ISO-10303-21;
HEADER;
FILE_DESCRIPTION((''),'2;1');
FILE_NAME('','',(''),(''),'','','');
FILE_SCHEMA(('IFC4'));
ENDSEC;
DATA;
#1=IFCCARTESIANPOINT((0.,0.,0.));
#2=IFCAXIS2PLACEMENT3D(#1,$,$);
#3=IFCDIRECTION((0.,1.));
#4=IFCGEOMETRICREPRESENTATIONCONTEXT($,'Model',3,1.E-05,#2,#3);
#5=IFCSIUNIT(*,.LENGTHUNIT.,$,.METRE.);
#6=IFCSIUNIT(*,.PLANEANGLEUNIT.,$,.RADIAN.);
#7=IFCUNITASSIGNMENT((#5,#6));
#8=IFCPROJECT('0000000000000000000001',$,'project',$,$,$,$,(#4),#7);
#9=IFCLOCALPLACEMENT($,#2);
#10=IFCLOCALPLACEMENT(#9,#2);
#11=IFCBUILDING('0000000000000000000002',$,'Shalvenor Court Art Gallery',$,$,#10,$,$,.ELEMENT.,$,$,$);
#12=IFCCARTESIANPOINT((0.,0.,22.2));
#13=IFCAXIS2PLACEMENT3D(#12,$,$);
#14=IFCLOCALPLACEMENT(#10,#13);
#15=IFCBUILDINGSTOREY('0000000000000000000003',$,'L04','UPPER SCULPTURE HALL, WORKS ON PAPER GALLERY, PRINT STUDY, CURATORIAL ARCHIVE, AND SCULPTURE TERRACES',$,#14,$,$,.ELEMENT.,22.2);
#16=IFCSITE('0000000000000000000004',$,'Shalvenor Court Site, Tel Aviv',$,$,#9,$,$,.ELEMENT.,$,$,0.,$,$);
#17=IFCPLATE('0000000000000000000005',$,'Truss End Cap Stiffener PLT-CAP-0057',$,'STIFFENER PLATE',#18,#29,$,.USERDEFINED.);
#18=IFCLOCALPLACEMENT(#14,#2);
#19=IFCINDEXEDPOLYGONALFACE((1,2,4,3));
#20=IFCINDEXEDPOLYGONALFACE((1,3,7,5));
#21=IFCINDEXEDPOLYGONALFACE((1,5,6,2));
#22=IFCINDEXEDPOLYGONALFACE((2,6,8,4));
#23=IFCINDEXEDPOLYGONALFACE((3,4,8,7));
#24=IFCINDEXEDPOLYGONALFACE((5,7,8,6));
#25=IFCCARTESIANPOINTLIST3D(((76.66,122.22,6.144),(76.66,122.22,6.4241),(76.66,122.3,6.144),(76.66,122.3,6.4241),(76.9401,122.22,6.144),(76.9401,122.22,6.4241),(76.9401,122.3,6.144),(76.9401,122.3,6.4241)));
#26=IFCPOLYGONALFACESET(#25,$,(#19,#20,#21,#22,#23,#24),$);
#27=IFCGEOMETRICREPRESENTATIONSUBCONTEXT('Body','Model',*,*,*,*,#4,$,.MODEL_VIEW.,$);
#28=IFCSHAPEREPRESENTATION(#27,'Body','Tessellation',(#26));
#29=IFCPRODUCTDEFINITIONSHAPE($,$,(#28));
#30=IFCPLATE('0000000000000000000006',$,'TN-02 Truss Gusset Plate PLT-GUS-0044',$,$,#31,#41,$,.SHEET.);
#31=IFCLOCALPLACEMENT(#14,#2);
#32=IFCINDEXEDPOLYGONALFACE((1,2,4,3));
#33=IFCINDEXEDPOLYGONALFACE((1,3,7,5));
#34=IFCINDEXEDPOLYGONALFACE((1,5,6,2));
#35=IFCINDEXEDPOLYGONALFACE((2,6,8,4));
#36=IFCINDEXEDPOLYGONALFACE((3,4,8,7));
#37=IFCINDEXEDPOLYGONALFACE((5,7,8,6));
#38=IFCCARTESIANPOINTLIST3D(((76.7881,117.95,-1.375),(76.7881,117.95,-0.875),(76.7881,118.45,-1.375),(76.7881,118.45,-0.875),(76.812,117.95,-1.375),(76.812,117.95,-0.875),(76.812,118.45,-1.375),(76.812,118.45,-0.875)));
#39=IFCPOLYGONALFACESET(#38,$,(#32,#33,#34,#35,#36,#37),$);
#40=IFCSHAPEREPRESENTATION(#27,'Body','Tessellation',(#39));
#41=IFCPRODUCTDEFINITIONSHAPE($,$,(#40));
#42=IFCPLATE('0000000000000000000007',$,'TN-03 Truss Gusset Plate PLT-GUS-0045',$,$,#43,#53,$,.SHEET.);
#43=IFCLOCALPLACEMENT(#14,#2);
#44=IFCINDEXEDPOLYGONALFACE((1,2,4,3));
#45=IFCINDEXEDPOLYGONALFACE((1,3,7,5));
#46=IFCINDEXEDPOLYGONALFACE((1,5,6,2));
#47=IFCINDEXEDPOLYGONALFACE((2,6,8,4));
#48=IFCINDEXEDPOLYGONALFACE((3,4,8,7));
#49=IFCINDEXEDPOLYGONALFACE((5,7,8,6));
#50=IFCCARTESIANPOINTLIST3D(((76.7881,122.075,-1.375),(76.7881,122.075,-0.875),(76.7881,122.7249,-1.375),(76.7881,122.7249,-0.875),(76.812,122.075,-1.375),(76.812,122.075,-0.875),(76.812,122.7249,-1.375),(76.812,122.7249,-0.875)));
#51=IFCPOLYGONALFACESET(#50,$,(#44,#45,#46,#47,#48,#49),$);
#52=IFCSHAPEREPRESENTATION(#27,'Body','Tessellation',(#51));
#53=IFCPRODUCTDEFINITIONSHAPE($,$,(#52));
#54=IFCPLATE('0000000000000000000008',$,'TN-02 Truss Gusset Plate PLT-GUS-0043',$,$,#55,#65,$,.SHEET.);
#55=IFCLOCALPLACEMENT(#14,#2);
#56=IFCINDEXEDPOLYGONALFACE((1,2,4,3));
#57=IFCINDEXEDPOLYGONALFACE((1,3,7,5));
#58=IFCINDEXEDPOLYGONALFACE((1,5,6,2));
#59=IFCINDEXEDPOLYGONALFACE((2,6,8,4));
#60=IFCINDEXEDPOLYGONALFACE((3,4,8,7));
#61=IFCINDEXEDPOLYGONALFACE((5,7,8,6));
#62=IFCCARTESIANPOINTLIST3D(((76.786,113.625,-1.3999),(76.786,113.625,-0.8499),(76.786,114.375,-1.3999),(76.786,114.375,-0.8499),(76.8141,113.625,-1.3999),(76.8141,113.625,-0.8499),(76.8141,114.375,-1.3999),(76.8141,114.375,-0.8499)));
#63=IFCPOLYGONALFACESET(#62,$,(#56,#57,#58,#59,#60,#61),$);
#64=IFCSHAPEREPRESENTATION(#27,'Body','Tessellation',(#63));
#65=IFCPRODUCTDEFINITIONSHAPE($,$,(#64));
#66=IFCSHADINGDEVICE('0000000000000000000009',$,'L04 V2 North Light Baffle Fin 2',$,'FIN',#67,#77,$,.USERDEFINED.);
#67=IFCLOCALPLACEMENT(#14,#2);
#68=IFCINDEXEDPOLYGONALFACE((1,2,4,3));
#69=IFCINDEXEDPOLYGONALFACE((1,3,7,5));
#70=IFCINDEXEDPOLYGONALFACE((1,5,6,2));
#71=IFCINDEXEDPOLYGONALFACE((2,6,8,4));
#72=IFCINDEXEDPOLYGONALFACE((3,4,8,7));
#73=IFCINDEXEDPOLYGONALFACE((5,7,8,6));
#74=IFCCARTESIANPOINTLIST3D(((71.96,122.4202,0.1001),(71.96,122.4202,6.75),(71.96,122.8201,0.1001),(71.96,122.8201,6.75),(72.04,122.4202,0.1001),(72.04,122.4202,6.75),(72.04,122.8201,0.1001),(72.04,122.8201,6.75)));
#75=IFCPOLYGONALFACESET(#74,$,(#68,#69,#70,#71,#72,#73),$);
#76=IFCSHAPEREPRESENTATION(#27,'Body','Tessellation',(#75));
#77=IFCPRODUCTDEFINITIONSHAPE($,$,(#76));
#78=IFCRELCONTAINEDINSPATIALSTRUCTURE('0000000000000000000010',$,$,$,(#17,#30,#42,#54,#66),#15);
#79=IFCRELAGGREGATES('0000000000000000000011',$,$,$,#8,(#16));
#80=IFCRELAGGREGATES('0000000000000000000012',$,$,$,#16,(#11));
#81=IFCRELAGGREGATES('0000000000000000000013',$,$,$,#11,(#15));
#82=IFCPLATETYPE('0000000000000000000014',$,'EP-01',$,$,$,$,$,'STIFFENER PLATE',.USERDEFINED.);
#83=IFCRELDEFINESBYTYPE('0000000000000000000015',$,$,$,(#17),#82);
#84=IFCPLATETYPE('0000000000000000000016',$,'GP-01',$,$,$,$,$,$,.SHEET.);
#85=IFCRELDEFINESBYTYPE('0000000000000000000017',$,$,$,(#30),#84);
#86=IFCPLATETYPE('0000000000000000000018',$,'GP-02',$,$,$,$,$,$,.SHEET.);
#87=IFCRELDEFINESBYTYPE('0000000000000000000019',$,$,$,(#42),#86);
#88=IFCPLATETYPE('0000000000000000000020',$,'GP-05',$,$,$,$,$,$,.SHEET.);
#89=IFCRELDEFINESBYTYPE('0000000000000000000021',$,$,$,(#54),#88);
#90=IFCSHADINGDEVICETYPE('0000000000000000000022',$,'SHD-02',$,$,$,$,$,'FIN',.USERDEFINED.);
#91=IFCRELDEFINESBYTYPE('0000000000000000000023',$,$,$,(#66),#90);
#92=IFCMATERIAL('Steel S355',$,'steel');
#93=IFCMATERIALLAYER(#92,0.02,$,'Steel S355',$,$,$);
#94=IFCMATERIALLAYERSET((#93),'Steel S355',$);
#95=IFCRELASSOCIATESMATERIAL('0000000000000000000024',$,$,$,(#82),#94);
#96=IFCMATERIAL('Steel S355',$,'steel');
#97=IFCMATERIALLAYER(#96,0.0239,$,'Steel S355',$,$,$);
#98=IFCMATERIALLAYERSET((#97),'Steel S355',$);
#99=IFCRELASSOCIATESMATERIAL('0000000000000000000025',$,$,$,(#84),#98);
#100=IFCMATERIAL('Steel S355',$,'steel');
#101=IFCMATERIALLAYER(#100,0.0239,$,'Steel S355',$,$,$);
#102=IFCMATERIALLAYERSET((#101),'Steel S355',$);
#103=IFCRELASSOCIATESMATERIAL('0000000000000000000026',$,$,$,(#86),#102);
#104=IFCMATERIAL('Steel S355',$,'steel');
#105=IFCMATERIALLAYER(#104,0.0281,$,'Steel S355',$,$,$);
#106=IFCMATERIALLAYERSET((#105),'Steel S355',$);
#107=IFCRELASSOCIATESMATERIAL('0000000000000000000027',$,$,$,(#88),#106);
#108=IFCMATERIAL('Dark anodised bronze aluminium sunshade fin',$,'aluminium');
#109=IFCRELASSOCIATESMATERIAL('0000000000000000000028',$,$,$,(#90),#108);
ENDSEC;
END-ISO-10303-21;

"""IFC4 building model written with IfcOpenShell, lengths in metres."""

from ifc_helpers import new_model, si_unit, direction, frame, origin, origin_2d, place, context, subcontext, project, spatial, rectangle, extrude, material, layer, layer_set, type_object, element, save


model = new_model("IFC4")

# Units and contexts
model_context = context("Model", 3, precision=1e-05, world=origin(), true_north=direction((0.0, 1.0)))
body_context = subcontext(model_context, "Body", "Model", "MODEL_VIEW")
ifc_project = project(units=[si_unit("LENGTHUNIT", "METRE"), si_unit("PLANEANGLEUNIT", "RADIAN")], contexts=[model_context])

# Site, building, storey
site_placement = place(None, origin())
site = spatial("IfcSite", under=ifc_project, at=site_placement, Name="Shalvenor Court Site, Tel Aviv", CompositionType="ELEMENT", RefElevation=0.0)
building_placement = place(site_placement, origin())
building = spatial("IfcBuilding", under=site, at=building_placement, Name="Shalvenor Court Art Gallery", CompositionType="ELEMENT")
storey_placement = place(building_placement, frame((0.0, 0.0, 22.2)))
storey = spatial("IfcBuildingStorey", under=building, at=storey_placement, Name="L04", Description="UPPER SCULPTURE HALL, WORKS ON PAPER GALLERY, PRINT STUDY, CURATORIAL ARCHIVE, AND SCULPTURE TERRACES", CompositionType="ELEMENT", Elevation=22.2)

# Plates
ifc_material_1 = material(Name="Steel S355", Category="steel")
ifc_layer_1 = layer(ifc_material_1, 0.02, Name="Steel S355")
ifc_layer_set_1 = layer_set([ifc_layer_1], Name="Steel S355")
plate_type_1 = type_object("IfcPlateType", Name="EP-01", ElementType="STIFFENER PLATE", PredefinedType="USERDEFINED", material=ifc_layer_set_1)
for number, where, z_axis, x_axis, name in (
    (1, (76.8, 122.26, 6.144), (0.0, 0.0, 1.0), (1.0, 0.0, 0.0), "Truss End Cap Stiffener PLT-CAP-0057"),
):
    element("IfcPlate", number, at=place(storey_placement, frame(where, z_axis=z_axis, x_axis=x_axis)), inside=storey, type_object=plate_type_1, Name=name, ObjectType="STIFFENER PLATE", PredefinedType="USERDEFINED", context=body_context, shape_type="SweptSolid", body=[
        extrude(rectangle(XDim=0.28, YDim=0.0801, at=origin_2d()), origin(), (0.0, 0.0, 1.0), 0.28),
    ])
ifc_material_2 = material(Name="Steel S355", Category="steel")
ifc_layer_2 = layer(ifc_material_2, 0.0239, Name="Steel S355")
ifc_layer_set_2 = layer_set([ifc_layer_2], Name="Steel S355")
plate_type_2 = type_object("IfcPlateType", Name="GP-01", PredefinedType="SHEET", material=ifc_layer_set_2)
plate_1_placement = place(storey_placement, frame((76.8, 118.2, -1.375), z_axis=(0.0, 0.0, 1.0), x_axis=(0.0, 1.0, 0.0)))
element("IfcPlate", 2, at=plate_1_placement, inside=storey, type_object=plate_type_2, Name="TN-02 Truss Gusset Plate PLT-GUS-0044", PredefinedType="SHEET", context=body_context, shape_type="SweptSolid", body=[
    extrude(rectangle(XDim=0.5, YDim=0.0239, at=origin_2d()), origin(), (0.0, 0.0, 1.0), 0.5),
])
ifc_material_3 = material(Name="Steel S355", Category="steel")
ifc_layer_3 = layer(ifc_material_3, 0.0239, Name="Steel S355")
ifc_layer_set_3 = layer_set([ifc_layer_3], Name="Steel S355")
plate_type_3 = type_object("IfcPlateType", Name="GP-02", PredefinedType="SHEET", material=ifc_layer_set_3)
plate_2_placement = place(storey_placement, frame((76.8, 122.3999, -1.375), z_axis=(0.0, 0.0, 1.0), x_axis=(0.0, 1.0, 0.0)))
element("IfcPlate", 3, at=plate_2_placement, inside=storey, type_object=plate_type_3, Name="TN-03 Truss Gusset Plate PLT-GUS-0045", PredefinedType="SHEET", context=body_context, shape_type="SweptSolid", body=[
    extrude(rectangle(XDim=0.6499, YDim=0.0239, at=origin_2d()), origin(), (0.0, 0.0, 1.0), 0.5),
])
ifc_material_4 = material(Name="Steel S355", Category="steel")
ifc_layer_4 = layer(ifc_material_4, 0.0281, Name="Steel S355")
ifc_layer_set_4 = layer_set([ifc_layer_4], Name="Steel S355")
plate_type_4 = type_object("IfcPlateType", Name="GP-05", PredefinedType="SHEET", material=ifc_layer_set_4)
plate_3_placement = place(storey_placement, frame((76.8, 114.0, -1.3999), z_axis=(0.0, 0.0, 1.0), x_axis=(0.0, 1.0, 0.0)))
element("IfcPlate", 4, at=plate_3_placement, inside=storey, type_object=plate_type_4, Name="TN-02 Truss Gusset Plate PLT-GUS-0043", PredefinedType="SHEET", context=body_context, shape_type="SweptSolid", body=[
    extrude(rectangle(XDim=0.75, YDim=0.0281, at=origin_2d()), origin(), (0.0, 0.0, 1.0), 0.55),
])

# Shading device
ifc_material_5 = material(Name="Dark anodised bronze aluminium sunshade fin", Category="aluminium")
shading_device_type = type_object("IfcShadingDeviceType", Name="SHD-02", ElementType="FIN", PredefinedType="USERDEFINED", material=ifc_material_5)
shading_device_placement = place(storey_placement, frame((72.0, 122.6201, 0.1001), z_axis=(0.0, 0.0, 1.0), x_axis=(1.0, 0.0, 0.0)))
element("IfcShadingDevice", 5, at=shading_device_placement, inside=storey, type_object=shading_device_type, Name="L04 V2 North Light Baffle Fin 2", ObjectType="FIN", PredefinedType="USERDEFINED", context=body_context, shape_type="SweptSolid", body=[
    extrude(rectangle(XDim=0.0801, YDim=0.3999, at=origin_2d()), origin(), (0.0, 0.0, 1.0), 6.6499),
])

save(model, "model.ifc")
